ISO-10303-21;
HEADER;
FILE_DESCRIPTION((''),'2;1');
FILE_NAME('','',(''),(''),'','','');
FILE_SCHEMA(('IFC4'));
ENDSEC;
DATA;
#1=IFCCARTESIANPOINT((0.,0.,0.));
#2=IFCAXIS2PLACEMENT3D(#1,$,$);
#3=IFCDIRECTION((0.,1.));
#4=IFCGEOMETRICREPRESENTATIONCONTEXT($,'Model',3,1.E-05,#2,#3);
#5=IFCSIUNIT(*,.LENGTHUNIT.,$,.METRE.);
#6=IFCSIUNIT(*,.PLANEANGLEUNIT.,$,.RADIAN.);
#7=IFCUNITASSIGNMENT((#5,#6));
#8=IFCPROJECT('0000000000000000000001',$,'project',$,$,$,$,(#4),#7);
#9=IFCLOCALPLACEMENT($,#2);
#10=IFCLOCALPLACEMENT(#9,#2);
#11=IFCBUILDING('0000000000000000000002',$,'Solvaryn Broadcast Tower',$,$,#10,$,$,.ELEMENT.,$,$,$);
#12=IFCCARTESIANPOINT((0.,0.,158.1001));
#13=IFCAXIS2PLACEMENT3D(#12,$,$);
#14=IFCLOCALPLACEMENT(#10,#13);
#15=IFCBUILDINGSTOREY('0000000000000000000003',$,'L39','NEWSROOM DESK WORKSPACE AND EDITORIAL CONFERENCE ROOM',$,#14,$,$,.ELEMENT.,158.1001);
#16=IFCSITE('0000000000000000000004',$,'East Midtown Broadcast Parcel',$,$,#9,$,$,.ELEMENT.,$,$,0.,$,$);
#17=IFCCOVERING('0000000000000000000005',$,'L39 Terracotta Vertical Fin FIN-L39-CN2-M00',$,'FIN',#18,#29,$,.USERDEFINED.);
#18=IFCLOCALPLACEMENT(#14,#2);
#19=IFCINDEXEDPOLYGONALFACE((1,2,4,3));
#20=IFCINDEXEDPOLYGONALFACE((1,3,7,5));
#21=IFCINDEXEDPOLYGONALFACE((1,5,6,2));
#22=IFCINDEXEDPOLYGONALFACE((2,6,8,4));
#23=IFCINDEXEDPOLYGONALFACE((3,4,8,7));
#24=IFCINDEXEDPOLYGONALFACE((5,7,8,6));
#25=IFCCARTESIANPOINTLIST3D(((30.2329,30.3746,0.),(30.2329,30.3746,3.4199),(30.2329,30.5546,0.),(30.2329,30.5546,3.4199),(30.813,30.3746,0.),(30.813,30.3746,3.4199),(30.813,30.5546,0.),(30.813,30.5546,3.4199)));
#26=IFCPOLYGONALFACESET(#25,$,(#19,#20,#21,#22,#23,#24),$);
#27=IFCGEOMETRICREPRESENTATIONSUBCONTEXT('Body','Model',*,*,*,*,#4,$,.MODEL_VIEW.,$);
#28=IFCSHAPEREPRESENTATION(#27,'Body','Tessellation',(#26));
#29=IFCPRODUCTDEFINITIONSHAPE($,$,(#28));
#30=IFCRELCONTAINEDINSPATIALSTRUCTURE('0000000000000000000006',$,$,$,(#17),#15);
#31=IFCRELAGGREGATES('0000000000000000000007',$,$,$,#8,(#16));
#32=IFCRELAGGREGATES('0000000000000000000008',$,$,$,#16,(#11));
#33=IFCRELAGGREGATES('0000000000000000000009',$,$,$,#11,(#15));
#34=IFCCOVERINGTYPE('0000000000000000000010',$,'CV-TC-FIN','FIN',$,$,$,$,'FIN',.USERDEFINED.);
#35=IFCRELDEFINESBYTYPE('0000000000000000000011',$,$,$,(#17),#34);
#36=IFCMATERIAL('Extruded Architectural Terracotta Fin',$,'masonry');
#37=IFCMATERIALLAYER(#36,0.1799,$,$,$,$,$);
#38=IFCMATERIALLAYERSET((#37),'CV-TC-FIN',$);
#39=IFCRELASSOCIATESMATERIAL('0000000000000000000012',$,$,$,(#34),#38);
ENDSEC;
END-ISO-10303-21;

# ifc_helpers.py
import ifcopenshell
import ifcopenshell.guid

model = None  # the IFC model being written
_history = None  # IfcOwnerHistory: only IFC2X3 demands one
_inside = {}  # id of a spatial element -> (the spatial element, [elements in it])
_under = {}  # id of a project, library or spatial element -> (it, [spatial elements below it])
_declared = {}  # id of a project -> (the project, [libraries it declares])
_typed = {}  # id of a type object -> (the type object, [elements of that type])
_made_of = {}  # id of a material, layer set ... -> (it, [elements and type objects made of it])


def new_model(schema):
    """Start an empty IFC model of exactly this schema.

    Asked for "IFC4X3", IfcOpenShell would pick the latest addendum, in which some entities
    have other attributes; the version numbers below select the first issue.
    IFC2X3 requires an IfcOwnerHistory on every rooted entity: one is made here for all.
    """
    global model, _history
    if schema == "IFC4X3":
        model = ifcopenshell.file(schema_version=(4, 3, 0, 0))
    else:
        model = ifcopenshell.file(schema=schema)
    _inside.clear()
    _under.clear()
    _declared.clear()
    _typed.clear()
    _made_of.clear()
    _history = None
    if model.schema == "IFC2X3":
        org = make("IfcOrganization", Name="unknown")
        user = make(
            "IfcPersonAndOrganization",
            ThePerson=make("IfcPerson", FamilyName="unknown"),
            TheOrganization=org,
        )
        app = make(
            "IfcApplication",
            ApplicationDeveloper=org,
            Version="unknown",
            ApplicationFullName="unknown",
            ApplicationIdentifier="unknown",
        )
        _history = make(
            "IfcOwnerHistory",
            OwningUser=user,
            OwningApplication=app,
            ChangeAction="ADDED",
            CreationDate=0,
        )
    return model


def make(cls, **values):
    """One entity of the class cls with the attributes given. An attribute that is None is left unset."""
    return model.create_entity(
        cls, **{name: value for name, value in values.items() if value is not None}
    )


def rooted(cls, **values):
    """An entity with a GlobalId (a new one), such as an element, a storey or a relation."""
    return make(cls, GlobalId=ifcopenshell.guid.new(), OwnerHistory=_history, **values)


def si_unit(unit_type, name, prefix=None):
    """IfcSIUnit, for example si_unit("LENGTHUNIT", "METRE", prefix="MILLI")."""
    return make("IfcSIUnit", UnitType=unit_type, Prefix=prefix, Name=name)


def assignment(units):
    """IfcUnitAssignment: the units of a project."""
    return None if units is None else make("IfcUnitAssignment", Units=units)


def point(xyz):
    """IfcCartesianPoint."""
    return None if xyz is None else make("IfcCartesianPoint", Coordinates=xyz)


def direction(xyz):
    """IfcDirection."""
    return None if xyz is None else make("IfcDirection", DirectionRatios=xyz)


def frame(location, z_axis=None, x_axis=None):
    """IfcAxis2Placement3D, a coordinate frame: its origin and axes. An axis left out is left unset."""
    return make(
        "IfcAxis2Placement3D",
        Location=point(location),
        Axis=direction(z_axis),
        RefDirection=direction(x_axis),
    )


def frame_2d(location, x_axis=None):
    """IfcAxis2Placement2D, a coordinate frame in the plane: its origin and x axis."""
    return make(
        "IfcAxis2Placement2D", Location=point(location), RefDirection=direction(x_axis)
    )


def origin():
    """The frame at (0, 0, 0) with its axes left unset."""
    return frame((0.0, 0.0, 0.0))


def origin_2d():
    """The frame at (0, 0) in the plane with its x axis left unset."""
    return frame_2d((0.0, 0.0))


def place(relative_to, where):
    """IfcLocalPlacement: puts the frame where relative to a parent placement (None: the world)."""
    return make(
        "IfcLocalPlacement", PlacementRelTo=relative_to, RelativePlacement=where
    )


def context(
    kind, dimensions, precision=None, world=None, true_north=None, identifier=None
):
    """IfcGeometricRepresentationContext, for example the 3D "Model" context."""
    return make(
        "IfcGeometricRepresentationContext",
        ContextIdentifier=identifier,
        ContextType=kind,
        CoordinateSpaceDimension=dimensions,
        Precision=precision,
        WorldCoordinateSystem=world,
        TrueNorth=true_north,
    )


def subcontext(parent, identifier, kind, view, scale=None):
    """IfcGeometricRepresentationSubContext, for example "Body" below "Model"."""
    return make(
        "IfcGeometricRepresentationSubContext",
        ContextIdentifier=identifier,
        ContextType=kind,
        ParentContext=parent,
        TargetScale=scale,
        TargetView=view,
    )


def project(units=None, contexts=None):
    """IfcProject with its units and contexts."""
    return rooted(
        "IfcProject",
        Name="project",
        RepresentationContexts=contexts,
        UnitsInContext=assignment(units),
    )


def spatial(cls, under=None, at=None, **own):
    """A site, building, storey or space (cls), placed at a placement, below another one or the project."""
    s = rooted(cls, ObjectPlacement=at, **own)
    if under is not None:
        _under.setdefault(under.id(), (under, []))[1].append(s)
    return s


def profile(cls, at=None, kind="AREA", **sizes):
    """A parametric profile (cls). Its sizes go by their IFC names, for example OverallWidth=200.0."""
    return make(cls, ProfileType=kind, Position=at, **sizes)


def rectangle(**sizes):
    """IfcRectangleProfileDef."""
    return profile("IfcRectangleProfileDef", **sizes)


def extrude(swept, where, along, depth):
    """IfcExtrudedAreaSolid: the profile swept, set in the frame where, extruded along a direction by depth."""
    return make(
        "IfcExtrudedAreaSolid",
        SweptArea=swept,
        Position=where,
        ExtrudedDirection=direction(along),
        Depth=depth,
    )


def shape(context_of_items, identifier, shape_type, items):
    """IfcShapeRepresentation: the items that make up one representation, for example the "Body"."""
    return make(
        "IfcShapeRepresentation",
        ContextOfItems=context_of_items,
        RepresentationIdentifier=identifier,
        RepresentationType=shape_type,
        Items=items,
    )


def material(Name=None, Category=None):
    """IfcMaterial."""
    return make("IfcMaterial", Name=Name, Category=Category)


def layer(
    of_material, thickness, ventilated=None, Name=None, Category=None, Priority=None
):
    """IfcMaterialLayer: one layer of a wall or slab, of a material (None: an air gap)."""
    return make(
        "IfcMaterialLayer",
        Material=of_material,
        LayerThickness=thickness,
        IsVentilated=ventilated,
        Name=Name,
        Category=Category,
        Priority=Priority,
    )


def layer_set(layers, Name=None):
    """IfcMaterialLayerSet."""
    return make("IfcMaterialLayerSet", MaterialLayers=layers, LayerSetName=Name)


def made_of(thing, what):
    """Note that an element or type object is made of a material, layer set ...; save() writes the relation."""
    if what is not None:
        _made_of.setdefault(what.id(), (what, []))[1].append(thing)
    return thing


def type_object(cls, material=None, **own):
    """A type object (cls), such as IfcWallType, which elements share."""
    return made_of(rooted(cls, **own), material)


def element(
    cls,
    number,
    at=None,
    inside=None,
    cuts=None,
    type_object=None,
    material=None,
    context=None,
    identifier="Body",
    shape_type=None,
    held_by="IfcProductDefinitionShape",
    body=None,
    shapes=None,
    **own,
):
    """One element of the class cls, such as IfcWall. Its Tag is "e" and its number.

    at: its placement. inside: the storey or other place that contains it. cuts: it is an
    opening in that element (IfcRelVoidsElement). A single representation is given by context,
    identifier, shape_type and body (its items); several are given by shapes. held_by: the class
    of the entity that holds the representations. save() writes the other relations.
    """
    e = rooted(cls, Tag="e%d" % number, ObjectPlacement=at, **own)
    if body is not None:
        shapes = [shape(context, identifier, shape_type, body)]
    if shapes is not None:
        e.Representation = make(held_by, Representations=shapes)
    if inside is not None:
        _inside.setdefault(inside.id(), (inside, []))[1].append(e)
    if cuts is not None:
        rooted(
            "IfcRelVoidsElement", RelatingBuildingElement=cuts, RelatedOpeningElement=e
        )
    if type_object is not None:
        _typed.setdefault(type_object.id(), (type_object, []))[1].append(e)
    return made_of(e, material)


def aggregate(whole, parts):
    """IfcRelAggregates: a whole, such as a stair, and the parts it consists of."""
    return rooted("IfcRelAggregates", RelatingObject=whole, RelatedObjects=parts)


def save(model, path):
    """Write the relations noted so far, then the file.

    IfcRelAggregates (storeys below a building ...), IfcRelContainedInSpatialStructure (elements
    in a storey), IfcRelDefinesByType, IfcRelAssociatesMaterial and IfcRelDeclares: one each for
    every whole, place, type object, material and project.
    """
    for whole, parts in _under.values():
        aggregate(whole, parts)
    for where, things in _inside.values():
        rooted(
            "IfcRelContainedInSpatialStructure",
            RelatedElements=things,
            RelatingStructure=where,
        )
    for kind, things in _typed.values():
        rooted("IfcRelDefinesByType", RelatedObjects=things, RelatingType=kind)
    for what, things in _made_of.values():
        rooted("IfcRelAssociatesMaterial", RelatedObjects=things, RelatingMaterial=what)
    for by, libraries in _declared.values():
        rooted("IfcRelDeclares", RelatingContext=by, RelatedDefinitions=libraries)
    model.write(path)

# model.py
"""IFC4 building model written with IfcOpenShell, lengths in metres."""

from ifc_helpers import new_model, si_unit, direction, frame, origin, origin_2d, place, context, subcontext, project, spatial, rectangle, extrude, material, layer, layer_set, type_object, element, save


model = new_model("IFC4")

# Units and contexts
model_context = context("Model", 3, precision=1e-05, world=origin(), true_north=direction((0.0, 1.0)))
body_context = subcontext(model_context, "Body", "Model", "MODEL_VIEW")
ifc_project = project(units=[si_unit("LENGTHUNIT", "METRE"), si_unit("PLANEANGLEUNIT", "RADIAN")], contexts=[model_context])

# Site, building, storey
site_placement = place(None, origin())
site = spatial("IfcSite", under=ifc_project, at=site_placement, Name="East Midtown Broadcast Parcel", CompositionType="ELEMENT", RefElevation=0.0)
building_placement = place(site_placement, origin())
building = spatial("IfcBuilding", under=site, at=building_placement, Name="Solvaryn Broadcast Tower", CompositionType="ELEMENT")
storey_placement = place(building_placement, frame((0.0, 0.0, 158.1001)))
storey = spatial("IfcBuildingStorey", under=building, at=storey_placement, Name="L39", Description="NEWSROOM DESK WORKSPACE AND EDITORIAL CONFERENCE ROOM", CompositionType="ELEMENT", Elevation=158.1001)

# Covering
ifc_material_1 = material(Name="Extruded Architectural Terracotta Fin", Category="masonry")
ifc_layer_1 = layer(ifc_material_1, 0.1799)
ifc_layer_set_1 = layer_set([ifc_layer_1], Name="CV-TC-FIN")
covering_type_1 = type_object("IfcCoveringType", Name="CV-TC-FIN", Description="FIN", ElementType="FIN", PredefinedType="USERDEFINED", material=ifc_layer_set_1)
covering_1_placement = place(storey_placement, frame((30.5229, 30.4646, 0.0), z_axis=(0.0, 0.0, 1.0), x_axis=(1.0, 0.0, 0.0)))
element("IfcCovering", 1, at=covering_1_placement, inside=storey, type_object=covering_type_1, Name="L39 Terracotta Vertical Fin FIN-L39-CN2-M00", ObjectType="FIN", PredefinedType="USERDEFINED", context=body_context, shape_type="SweptSolid", body=[
    extrude(rectangle(XDim=0.5801, YDim=0.1799, at=origin_2d()), origin(), (0.0, 0.0, 1.0), 3.4199),
])

save(model, "model.ifc")
